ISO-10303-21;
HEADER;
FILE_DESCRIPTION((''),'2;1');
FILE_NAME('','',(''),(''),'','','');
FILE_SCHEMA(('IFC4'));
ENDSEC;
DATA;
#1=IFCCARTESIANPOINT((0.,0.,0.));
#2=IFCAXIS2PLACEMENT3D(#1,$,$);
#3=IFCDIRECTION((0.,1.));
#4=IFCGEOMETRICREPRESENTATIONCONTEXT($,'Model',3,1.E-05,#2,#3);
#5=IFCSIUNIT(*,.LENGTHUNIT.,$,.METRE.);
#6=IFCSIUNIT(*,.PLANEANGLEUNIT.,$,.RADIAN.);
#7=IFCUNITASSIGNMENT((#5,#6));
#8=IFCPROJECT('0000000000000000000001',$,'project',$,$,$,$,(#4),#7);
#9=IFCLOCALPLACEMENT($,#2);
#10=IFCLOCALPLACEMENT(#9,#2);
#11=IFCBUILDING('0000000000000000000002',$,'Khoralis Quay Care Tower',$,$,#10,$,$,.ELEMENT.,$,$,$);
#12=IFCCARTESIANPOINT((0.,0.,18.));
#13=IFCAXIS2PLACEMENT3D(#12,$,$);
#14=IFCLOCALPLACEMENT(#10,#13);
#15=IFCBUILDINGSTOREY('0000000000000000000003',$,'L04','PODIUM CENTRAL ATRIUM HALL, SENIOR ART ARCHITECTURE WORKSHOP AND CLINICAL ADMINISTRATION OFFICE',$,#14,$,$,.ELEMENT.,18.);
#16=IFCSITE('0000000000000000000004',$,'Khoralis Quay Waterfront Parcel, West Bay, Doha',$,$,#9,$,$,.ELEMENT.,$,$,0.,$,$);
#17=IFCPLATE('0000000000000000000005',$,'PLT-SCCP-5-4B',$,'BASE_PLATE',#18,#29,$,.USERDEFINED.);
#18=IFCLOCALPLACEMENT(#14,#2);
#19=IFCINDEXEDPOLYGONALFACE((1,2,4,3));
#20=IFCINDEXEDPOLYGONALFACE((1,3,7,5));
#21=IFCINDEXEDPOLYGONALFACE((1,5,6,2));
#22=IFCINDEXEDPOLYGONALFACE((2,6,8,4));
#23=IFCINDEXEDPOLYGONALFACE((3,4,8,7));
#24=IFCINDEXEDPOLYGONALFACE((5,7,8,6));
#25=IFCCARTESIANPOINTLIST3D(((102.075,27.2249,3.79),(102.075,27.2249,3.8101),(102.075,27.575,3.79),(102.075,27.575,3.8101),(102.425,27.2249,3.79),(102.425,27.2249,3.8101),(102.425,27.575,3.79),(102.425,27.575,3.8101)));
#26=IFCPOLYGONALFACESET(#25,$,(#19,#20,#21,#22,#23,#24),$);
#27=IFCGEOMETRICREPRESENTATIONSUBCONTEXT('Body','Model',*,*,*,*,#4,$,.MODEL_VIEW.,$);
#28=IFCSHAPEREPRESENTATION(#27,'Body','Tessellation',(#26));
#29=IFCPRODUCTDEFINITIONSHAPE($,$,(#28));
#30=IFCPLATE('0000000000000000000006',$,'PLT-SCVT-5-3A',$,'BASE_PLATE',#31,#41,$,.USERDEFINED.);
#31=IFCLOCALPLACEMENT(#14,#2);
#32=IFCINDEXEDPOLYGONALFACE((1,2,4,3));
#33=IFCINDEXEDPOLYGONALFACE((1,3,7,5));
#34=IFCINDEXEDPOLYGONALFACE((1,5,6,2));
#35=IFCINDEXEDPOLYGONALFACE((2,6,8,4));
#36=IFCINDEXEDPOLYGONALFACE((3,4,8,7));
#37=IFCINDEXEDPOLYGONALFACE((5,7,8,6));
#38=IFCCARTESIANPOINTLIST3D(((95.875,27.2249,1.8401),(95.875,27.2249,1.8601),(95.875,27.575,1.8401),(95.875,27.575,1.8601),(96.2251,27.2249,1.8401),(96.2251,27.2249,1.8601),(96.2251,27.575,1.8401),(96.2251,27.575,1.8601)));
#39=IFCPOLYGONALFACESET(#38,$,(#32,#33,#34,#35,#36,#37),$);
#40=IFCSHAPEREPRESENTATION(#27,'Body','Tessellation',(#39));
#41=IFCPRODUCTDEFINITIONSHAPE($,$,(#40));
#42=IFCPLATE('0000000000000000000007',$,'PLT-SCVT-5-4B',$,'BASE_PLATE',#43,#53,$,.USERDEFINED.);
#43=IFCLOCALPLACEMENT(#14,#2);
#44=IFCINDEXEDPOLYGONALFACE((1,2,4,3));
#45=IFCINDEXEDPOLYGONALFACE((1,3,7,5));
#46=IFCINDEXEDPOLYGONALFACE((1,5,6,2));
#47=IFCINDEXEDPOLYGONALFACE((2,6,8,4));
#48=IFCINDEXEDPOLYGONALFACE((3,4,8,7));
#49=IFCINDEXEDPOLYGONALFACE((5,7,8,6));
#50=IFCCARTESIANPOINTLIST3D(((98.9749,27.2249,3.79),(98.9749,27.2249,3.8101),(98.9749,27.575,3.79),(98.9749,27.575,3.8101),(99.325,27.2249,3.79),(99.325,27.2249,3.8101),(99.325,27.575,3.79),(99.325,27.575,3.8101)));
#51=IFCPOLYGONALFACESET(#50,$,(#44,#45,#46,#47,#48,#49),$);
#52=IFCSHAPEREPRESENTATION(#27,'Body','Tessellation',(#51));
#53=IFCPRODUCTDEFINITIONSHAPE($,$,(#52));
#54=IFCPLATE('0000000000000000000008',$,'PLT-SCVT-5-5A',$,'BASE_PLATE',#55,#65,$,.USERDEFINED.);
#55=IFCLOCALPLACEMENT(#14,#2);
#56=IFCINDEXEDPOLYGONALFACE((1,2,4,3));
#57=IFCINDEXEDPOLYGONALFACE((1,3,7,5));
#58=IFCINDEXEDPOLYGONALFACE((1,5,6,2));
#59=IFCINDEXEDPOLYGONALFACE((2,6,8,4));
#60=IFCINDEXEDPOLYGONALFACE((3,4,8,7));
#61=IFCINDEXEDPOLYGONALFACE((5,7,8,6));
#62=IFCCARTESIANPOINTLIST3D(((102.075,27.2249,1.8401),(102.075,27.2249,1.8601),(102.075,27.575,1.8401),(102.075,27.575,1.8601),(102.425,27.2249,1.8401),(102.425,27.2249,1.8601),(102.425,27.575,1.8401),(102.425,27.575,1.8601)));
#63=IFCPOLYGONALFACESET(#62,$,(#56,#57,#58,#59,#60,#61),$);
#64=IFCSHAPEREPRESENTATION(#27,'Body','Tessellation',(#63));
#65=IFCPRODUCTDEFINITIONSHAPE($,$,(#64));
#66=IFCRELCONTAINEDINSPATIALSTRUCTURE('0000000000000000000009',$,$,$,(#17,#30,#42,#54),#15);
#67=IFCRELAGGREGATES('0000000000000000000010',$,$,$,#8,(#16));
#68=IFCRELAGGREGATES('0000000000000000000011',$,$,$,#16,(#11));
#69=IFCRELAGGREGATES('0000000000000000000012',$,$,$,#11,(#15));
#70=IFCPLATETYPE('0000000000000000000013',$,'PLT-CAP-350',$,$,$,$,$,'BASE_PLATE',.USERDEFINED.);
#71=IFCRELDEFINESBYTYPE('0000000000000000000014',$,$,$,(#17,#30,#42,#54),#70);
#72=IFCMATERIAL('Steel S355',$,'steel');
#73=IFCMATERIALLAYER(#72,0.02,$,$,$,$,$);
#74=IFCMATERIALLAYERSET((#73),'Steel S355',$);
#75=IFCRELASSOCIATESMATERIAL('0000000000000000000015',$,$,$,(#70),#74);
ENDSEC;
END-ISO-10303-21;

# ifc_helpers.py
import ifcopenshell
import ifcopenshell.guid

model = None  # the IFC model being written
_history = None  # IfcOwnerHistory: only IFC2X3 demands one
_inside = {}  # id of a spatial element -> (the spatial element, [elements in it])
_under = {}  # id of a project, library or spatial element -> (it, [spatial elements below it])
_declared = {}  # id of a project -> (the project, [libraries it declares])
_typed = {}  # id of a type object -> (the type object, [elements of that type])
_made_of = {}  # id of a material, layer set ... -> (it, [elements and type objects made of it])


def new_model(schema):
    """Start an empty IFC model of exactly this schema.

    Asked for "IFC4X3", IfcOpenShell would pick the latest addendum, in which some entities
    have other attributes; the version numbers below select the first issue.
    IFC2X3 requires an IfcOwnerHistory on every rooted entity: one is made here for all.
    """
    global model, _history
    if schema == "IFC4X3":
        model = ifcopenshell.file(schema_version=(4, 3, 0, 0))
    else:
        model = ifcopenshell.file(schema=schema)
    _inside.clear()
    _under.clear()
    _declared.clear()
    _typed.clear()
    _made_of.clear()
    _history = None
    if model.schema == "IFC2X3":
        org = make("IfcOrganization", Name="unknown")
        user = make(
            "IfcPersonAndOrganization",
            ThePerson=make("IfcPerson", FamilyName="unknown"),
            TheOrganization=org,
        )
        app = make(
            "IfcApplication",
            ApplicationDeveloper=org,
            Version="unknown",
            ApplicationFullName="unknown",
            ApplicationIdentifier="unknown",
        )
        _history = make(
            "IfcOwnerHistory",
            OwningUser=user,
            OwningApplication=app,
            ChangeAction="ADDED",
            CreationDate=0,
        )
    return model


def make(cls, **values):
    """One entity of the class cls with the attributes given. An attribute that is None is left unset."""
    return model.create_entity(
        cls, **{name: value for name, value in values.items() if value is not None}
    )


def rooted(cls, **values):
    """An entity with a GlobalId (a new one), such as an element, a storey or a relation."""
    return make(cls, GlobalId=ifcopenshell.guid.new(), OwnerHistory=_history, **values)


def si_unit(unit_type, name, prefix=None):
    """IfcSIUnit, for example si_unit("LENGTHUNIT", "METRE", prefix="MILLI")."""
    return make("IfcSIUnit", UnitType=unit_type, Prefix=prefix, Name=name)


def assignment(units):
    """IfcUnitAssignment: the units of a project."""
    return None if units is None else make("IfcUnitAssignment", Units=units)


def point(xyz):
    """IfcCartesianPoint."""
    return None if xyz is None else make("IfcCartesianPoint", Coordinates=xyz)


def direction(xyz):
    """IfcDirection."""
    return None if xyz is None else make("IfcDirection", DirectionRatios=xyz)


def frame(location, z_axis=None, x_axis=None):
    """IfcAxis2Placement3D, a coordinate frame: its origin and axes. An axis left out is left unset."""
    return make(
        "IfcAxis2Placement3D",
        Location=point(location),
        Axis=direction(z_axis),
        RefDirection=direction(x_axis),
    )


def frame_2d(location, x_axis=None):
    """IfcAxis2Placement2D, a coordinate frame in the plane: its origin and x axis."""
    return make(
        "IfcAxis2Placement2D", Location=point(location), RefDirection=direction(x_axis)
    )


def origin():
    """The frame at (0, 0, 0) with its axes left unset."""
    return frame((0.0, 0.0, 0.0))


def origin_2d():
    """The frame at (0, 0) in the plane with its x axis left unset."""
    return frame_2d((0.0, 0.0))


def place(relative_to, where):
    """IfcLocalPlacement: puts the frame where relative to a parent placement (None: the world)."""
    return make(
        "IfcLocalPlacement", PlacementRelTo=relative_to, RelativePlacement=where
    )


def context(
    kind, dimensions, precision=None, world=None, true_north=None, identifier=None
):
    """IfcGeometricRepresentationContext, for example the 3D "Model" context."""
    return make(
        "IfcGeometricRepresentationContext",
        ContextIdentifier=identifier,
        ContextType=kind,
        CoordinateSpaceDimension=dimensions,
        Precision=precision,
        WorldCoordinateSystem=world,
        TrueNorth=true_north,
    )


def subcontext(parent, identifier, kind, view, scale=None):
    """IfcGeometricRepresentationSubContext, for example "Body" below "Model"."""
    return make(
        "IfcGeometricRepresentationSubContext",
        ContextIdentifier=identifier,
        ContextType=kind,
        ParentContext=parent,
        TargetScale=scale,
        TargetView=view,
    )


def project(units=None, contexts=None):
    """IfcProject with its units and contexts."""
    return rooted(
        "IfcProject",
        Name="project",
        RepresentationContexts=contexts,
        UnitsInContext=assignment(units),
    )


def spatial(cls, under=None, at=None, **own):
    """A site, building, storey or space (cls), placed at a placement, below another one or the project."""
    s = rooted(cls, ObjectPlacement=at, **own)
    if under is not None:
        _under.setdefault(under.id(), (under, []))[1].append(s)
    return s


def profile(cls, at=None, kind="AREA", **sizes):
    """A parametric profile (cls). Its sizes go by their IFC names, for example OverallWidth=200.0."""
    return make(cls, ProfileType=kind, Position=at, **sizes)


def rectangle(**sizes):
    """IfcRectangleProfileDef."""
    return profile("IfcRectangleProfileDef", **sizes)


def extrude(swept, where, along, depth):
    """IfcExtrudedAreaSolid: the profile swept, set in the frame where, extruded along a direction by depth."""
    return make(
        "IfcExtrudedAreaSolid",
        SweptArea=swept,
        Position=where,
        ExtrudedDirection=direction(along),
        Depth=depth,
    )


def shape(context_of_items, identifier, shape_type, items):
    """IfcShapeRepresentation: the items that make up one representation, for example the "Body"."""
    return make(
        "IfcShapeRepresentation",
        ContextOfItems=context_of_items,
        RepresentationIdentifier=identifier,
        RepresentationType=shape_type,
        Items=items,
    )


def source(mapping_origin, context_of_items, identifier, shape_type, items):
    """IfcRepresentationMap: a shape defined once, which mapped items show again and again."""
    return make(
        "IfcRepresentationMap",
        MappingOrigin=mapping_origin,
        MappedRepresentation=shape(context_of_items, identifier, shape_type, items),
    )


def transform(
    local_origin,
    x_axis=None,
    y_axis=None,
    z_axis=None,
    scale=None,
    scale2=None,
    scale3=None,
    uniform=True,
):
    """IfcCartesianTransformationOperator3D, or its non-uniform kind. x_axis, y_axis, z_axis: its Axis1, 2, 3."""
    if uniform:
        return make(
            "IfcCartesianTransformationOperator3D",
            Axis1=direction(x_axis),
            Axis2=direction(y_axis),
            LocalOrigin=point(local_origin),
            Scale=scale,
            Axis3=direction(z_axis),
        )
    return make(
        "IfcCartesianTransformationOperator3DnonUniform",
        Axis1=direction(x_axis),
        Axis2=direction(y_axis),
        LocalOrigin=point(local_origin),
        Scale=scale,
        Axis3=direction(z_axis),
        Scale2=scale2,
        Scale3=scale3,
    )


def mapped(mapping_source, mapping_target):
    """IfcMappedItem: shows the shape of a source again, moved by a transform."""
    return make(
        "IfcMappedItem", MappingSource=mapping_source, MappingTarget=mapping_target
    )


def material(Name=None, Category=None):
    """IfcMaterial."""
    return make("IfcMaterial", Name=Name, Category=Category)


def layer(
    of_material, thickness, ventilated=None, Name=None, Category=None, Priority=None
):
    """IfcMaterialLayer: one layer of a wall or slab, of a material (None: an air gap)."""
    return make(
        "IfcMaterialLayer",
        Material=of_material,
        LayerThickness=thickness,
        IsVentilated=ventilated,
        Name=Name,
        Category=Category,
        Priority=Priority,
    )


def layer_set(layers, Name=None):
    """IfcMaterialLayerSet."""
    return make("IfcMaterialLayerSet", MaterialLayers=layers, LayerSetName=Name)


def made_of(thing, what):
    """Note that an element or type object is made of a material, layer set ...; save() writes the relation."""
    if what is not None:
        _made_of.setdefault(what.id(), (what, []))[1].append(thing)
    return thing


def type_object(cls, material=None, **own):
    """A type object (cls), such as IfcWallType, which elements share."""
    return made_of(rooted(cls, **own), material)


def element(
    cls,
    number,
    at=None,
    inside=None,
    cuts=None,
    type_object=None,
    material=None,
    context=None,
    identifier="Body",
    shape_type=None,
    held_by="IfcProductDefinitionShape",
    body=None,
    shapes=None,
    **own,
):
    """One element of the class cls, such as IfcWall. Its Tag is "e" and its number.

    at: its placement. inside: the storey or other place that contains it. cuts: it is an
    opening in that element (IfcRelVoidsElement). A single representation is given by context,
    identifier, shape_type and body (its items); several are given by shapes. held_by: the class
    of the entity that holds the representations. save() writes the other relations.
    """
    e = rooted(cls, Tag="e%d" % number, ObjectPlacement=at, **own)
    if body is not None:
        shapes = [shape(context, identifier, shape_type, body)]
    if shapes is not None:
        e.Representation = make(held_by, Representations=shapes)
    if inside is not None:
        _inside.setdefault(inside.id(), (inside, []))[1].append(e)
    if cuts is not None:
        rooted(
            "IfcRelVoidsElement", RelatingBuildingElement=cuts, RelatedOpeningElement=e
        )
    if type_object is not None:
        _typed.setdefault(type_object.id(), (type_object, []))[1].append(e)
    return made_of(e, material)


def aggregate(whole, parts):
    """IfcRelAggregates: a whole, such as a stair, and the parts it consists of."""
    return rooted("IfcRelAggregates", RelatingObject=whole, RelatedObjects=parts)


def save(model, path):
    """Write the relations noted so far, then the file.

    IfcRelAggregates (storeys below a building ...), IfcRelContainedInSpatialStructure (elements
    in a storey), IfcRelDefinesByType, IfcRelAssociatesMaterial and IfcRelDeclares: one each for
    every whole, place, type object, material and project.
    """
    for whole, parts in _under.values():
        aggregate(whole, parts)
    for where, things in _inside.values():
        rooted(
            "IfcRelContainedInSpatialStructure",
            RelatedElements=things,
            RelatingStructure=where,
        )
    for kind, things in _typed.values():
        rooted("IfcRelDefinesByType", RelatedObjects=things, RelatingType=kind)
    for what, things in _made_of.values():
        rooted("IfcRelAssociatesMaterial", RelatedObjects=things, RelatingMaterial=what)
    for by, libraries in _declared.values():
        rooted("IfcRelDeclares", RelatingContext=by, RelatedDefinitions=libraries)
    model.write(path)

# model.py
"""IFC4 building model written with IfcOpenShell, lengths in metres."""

from ifc_helpers import new_model, si_unit, direction, frame, origin, origin_2d, place, context, subcontext, project, spatial, rectangle, extrude, source, transform, mapped, material, layer, layer_set, type_object, element, save


model = new_model("IFC4")

# Units and contexts
model_context = context("Model", 3, precision=1e-05, world=origin(), true_north=direction((0.0, 1.0)))
body_context = subcontext(model_context, "Body", "Model", "MODEL_VIEW")
ifc_project = project(units=[si_unit("LENGTHUNIT", "METRE"), si_unit("PLANEANGLEUNIT", "RADIAN")], contexts=[model_context])

# Site, building, storey
site_placement = place(None, origin())
site = spatial("IfcSite", under=ifc_project, at=site_placement, Name="Khoralis Quay Waterfront Parcel, West Bay, Doha", CompositionType="ELEMENT", RefElevation=0.0)
building_placement = place(site_placement, origin())
building = spatial("IfcBuilding", under=site, at=building_placement, Name="Khoralis Quay Care Tower", CompositionType="ELEMENT")
storey_placement = place(building_placement, frame((0.0, 0.0, 18.0)))
storey = spatial("IfcBuildingStorey", under=building, at=storey_placement, Name="L04", Description="PODIUM CENTRAL ATRIUM HALL, SENIOR ART ARCHITECTURE WORKSHOP AND CLINICAL ADMINISTRATION OFFICE", CompositionType="ELEMENT", Elevation=18.0)

# Shared definitions
ifc_material_1 = material(Name="Steel S355", Category="steel")

# Plates
ifc_layer = layer(ifc_material_1, 0.02)
ifc_layer_set = layer_set([ifc_layer], Name="Steel S355")
plate_type = type_object("IfcPlateType", Name="PLT-CAP-350", ElementType="BASE_PLATE", PredefinedType="USERDEFINED", material=ifc_layer_set)
shared_shape_1 = source(origin(), body_context, "Body", "SweptSolid", [
    extrude(rectangle(XDim=0.3501, YDim=0.3501, at=origin_2d()), origin(), (0.0, 0.0, 1.0), 0.02),
])
for number, where, z_axis, x_axis, name in (
    (1, (102.25, 27.3999, 3.79), (0.0, 0.0, 1.0), (1.0, 0.0, 0.0), "PLT-SCCP-5-4B"),
    (2, (96.05, 27.3999, 1.8401), (0.0, 0.0, 1.0), (1.0, 0.0, 0.0), "PLT-SCVT-5-3A"),
    (3, (99.1499, 27.3999, 3.79), (0.0, 0.0, 1.0), (1.0, 0.0, 0.0), "PLT-SCVT-5-4B"),
    (4, (102.25, 27.3999, 1.8401), (0.0, 0.0, 1.0), (1.0, 0.0, 0.0), "PLT-SCVT-5-5A"),
):
    element("IfcPlate", number, at=place(storey_placement, frame(where, z_axis=z_axis, x_axis=x_axis)), inside=storey, type_object=plate_type, Name=name, ObjectType="BASE_PLATE", PredefinedType="USERDEFINED", context=body_context, shape_type="MappedRepresentation", body=[
        mapped(shared_shape_1, transform((0.0, 0.0, 0.0), scale=1.0)),
    ])

save(model, "model.ifc")
